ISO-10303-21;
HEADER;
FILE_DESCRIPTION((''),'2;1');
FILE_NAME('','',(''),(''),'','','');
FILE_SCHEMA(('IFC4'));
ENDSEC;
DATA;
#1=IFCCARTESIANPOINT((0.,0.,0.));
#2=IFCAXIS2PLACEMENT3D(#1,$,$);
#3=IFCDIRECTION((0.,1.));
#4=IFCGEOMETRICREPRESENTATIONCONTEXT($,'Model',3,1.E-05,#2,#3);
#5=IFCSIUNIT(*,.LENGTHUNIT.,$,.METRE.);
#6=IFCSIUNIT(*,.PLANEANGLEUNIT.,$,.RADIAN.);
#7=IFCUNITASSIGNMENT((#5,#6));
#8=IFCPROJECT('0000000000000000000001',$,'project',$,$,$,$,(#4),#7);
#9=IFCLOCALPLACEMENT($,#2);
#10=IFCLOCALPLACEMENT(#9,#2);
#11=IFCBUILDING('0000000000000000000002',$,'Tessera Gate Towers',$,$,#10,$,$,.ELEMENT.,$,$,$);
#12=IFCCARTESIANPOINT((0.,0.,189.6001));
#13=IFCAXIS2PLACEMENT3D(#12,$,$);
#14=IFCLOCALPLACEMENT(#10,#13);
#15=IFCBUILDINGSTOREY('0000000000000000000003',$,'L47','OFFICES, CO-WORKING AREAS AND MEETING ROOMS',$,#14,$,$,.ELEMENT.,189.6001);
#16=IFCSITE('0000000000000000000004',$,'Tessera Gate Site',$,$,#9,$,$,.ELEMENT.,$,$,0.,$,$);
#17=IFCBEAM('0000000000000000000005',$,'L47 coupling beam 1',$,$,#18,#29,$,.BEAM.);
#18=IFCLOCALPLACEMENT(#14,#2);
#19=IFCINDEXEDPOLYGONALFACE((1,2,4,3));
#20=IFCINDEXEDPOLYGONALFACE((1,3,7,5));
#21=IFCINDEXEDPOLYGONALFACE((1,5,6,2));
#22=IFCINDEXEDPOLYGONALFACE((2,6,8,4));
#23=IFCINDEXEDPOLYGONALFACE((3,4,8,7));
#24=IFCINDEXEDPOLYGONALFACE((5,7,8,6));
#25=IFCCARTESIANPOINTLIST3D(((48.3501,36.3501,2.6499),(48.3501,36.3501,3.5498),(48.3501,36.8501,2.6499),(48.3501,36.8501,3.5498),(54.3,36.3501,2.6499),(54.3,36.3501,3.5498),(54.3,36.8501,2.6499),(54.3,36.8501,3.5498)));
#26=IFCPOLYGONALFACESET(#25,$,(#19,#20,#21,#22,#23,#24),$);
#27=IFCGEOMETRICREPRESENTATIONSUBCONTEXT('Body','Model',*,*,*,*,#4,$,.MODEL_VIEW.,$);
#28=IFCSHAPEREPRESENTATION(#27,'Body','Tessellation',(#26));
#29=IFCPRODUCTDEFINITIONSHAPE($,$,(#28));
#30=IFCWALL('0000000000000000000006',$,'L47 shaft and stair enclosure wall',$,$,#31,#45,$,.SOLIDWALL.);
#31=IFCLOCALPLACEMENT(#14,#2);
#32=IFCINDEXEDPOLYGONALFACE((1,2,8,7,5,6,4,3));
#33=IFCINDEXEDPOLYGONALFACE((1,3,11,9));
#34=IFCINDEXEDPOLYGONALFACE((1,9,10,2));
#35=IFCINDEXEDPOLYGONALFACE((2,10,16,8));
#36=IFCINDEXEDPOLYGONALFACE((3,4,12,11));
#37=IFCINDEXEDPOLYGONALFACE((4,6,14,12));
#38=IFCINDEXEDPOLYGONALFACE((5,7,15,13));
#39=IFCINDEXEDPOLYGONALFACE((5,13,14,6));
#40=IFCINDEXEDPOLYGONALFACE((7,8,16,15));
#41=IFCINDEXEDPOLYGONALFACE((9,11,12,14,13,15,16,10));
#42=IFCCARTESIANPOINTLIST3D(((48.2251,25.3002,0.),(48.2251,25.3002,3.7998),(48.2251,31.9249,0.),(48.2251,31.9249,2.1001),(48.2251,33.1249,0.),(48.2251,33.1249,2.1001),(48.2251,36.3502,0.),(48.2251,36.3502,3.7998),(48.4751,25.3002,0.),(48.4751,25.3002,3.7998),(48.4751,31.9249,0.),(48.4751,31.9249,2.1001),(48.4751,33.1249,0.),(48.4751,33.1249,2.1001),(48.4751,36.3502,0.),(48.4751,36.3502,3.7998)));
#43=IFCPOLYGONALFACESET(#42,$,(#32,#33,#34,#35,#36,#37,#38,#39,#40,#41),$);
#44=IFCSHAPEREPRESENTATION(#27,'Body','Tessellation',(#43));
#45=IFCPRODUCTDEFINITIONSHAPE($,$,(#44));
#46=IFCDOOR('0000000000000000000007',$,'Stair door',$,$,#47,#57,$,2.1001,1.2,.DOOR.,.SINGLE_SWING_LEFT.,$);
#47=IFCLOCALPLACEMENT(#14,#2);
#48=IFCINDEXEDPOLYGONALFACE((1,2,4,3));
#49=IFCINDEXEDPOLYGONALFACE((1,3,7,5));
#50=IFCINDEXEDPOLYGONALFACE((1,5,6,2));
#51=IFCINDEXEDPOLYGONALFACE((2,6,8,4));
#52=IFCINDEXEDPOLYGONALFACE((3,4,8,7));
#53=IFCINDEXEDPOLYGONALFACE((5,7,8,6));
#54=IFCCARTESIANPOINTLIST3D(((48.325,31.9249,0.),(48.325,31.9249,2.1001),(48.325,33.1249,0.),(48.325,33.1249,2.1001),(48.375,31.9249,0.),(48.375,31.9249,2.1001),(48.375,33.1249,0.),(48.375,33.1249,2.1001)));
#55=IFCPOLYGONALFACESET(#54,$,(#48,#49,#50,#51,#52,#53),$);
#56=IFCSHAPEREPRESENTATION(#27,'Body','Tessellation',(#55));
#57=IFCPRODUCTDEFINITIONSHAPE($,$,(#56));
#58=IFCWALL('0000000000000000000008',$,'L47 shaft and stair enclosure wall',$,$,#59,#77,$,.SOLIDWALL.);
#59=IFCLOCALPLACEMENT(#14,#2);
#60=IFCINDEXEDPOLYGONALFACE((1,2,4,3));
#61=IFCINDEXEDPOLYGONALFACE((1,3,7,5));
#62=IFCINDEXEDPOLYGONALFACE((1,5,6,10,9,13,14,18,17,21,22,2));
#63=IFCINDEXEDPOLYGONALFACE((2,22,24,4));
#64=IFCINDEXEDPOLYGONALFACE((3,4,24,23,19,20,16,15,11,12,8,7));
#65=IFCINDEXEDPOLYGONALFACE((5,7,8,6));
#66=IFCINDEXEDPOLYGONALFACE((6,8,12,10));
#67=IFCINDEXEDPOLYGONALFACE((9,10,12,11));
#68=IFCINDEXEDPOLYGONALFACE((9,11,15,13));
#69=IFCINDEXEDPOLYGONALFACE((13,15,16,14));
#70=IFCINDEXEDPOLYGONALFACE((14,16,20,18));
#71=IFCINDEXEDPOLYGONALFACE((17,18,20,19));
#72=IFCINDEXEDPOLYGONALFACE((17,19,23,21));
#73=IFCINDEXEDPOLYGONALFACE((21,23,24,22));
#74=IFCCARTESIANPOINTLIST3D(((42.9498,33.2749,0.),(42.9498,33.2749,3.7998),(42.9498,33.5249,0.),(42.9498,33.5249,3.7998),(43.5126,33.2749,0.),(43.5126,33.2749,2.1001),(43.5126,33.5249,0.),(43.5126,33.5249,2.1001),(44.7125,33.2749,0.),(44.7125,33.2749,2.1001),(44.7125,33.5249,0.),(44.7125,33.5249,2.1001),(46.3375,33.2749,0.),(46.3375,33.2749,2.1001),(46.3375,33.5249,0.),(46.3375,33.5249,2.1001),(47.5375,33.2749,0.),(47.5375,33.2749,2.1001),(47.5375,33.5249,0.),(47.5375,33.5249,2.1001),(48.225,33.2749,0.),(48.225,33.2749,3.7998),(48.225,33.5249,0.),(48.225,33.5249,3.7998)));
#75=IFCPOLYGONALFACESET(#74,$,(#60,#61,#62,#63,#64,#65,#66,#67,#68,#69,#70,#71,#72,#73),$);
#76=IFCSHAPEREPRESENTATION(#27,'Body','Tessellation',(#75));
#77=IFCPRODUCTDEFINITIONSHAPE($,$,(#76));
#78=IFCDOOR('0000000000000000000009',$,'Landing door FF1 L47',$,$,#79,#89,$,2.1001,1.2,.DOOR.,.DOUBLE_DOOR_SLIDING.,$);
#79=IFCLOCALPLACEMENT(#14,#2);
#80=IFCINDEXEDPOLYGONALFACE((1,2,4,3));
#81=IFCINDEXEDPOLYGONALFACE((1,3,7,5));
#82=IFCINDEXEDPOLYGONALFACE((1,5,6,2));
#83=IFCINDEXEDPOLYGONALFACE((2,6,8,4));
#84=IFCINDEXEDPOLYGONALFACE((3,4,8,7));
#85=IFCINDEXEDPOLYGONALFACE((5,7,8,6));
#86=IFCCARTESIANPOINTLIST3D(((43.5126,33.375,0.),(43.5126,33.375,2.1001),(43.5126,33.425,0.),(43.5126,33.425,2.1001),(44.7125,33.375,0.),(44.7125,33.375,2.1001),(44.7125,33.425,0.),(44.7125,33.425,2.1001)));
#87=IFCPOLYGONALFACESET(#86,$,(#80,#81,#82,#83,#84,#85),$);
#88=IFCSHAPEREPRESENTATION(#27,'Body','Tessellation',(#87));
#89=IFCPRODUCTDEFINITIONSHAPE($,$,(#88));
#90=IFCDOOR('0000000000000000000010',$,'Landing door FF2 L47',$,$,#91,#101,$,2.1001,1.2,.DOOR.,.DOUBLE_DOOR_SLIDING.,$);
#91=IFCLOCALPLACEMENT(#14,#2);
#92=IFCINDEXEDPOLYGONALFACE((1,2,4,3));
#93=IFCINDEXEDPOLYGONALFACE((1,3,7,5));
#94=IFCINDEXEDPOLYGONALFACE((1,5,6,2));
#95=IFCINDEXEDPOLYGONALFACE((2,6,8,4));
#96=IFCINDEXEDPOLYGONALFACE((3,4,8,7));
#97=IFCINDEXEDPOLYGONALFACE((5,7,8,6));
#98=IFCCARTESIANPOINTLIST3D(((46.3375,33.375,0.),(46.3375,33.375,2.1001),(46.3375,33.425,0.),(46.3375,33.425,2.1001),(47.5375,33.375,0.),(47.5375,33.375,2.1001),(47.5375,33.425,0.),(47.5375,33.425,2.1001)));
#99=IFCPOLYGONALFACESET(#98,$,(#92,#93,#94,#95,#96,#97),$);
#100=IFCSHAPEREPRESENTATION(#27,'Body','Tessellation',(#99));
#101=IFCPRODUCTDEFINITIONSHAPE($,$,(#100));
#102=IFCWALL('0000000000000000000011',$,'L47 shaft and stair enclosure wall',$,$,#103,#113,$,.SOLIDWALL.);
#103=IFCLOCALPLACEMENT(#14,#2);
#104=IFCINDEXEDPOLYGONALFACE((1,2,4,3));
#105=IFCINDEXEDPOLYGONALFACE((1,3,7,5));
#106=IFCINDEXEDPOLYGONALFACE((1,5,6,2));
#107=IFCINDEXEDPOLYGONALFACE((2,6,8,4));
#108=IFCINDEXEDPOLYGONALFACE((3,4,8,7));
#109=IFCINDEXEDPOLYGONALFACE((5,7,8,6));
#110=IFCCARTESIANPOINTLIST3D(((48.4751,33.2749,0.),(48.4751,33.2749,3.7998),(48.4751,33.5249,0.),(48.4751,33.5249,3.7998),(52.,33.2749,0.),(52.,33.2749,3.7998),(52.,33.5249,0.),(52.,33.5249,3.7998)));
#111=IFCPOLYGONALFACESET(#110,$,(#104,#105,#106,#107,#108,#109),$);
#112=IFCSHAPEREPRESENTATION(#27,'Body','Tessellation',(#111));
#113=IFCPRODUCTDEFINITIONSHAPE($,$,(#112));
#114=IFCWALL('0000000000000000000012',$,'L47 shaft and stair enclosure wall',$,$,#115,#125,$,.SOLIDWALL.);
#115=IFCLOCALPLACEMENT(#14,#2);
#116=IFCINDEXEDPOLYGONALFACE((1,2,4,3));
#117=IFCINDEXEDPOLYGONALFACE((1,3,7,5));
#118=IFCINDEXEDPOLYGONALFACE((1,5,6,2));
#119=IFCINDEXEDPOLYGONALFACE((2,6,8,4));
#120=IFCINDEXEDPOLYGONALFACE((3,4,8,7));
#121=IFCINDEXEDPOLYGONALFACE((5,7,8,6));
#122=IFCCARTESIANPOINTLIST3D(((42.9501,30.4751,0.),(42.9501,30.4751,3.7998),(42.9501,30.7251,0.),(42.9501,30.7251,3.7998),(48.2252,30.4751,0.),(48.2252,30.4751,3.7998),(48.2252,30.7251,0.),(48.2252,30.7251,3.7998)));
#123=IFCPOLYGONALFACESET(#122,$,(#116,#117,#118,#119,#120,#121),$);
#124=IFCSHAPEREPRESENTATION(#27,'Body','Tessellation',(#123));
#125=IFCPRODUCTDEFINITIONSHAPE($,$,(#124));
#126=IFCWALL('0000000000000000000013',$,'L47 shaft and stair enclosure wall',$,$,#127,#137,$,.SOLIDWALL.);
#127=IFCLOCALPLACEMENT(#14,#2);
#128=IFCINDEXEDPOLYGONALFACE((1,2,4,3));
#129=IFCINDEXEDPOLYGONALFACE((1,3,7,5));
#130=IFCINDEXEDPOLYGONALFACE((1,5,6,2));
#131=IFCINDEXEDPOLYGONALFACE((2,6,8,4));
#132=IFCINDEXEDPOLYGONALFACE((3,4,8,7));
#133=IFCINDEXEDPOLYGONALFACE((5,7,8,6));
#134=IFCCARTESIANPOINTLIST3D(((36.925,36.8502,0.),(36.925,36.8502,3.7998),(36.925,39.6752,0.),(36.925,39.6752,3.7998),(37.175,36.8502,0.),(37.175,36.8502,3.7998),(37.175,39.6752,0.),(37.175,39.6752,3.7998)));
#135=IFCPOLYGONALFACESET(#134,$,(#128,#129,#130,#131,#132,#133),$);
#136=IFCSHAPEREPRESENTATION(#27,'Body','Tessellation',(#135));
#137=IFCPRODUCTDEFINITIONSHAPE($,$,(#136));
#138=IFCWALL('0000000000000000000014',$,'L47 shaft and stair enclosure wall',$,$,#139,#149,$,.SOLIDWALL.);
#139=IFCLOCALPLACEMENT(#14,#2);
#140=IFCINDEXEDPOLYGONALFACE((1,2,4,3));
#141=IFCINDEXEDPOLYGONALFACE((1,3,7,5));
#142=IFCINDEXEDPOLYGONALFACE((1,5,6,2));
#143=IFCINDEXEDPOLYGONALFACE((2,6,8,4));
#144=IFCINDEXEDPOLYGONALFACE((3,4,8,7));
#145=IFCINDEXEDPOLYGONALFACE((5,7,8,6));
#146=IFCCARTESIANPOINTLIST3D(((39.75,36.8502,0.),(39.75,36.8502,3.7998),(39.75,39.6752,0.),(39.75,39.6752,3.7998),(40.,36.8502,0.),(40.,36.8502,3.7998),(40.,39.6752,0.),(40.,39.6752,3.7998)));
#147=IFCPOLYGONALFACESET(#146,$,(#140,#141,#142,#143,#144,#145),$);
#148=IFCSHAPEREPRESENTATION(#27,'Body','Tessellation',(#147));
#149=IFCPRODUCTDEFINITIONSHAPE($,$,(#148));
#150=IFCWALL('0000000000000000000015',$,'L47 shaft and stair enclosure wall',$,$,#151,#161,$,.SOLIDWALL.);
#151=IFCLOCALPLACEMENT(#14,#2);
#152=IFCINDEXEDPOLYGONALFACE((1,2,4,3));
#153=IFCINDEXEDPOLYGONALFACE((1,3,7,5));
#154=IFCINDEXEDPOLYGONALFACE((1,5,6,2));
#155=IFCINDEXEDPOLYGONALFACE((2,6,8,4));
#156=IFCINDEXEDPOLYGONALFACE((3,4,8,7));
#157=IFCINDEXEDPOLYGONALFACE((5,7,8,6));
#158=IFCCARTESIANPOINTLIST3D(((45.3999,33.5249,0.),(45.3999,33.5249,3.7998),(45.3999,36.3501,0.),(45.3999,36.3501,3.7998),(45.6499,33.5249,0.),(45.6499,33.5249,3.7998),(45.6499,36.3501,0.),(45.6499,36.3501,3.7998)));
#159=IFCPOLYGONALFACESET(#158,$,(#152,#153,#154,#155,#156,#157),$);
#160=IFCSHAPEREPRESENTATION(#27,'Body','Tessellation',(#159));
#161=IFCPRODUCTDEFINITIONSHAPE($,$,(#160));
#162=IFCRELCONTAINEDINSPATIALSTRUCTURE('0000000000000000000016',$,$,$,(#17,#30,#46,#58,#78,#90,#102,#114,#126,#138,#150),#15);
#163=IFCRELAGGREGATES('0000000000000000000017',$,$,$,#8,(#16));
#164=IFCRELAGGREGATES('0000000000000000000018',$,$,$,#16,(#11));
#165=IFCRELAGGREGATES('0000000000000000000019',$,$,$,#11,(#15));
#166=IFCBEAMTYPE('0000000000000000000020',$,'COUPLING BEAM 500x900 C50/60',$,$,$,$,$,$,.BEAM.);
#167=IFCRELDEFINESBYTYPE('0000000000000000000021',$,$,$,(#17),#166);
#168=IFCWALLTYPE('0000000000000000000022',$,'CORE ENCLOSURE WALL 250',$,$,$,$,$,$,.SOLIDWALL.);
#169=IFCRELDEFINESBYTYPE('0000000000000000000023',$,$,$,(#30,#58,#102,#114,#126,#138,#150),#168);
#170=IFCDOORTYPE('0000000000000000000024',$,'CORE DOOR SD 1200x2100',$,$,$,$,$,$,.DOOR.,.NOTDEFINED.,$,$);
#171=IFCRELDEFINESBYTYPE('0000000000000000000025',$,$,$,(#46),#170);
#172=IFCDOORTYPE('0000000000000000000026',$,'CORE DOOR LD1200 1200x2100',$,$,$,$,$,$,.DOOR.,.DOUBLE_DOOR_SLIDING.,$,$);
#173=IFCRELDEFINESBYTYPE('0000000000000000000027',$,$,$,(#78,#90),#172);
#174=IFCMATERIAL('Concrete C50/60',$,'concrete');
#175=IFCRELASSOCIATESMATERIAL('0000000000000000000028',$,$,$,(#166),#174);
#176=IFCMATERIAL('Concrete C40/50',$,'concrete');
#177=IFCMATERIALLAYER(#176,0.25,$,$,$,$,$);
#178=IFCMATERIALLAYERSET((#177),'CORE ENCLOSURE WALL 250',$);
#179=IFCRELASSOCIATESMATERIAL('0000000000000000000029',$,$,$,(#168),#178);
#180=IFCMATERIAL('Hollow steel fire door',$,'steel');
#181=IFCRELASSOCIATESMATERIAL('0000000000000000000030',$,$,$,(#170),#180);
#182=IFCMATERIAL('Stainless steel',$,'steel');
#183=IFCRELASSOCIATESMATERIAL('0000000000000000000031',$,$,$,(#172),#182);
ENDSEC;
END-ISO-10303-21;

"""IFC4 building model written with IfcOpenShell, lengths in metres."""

from ifc_helpers import new_model, si_unit, direction, frame, frame_2d, origin, origin_2d, place, context, subcontext, project, spatial, rectangle, extrude, source, transform, mapped, material, layer, layer_set, material_profile, profile_set, type_object, element, fill, save


model = new_model("IFC4")

# Units and contexts
model_context = context("Model", 3, precision=1e-05, world=origin(), true_north=direction((0.0, 1.0)))
body_context = subcontext(model_context, "Body", "Model", "MODEL_VIEW")
ifc_project = project(units=[si_unit("LENGTHUNIT", "METRE"), si_unit("PLANEANGLEUNIT", "RADIAN")], contexts=[model_context])

# Site, building, storey
site_placement = place(None, origin())
site = spatial("IfcSite", under=ifc_project, at=site_placement, Name="Tessera Gate Site", CompositionType="ELEMENT", RefElevation=0.0)
building_placement = place(site_placement, origin())
building = spatial("IfcBuilding", under=site, at=building_placement, Name="Tessera Gate Towers", CompositionType="ELEMENT")
storey_placement = place(building_placement, frame((0.0, 0.0, 189.6001)))
storey = spatial("IfcBuildingStorey", under=building, at=storey_placement, Name="L47", Description="OFFICES, CO-WORKING AREAS AND MEETING ROOMS", CompositionType="ELEMENT", Elevation=189.6001)

# Beam
ifc_material_1 = material(Name="Concrete C50/60", Category="concrete")
ifc_material_profile = material_profile(ifc_material_1, rectangle(XDim=0.5, YDim=0.8999, at=origin_2d()), Name="RC 500x900")
ifc_profile_set = profile_set([ifc_material_profile], Name="Concrete C50/60")
beam_type = type_object("IfcBeamType", Name="COUPLING BEAM 500x900 C50/60", PredefinedType="BEAM", material=ifc_profile_set)
beam_placement = place(storey_placement, frame((48.3501, 36.6001, 3.0999), z_axis=(1.0, 0.0, 0.0), x_axis=(0.0, 1.0, 0.0)))
element("IfcBeam", 1, at=beam_placement, inside=storey, type_object=beam_type, Name="L47 coupling beam 1", PredefinedType="BEAM", context=body_context, shape_type="SweptSolid", body=[
    extrude(rectangle(XDim=0.5, YDim=0.8999, at=origin_2d()), origin(), (0.0, 0.0, 1.0), 5.95),
])

# Wall, opening, door
ifc_material_2 = material(Name="Concrete C40/50", Category="concrete")
ifc_layer_1 = layer(ifc_material_2, 0.25)
ifc_layer_set_1 = layer_set([ifc_layer_1], Name="CORE ENCLOSURE WALL 250")
wall_type_1 = type_object("IfcWallType", Name="CORE ENCLOSURE WALL 250", PredefinedType="SOLIDWALL", material=ifc_layer_set_1)
wall_1_placement = place(storey_placement, frame((48.3501, 36.3501, 0.0), z_axis=(0.0, 0.0, 1.0), x_axis=(0.0, -1.0, 0.0)))
wall_1 = element("IfcWall", 2, at=wall_1_placement, inside=storey, type_object=wall_type_1, Name="L47 shaft and stair enclosure wall", PredefinedType="SOLIDWALL", context=body_context, shape_type="SweptSolid", body=[
    extrude(rectangle(XDim=11.05, YDim=0.25, at=frame_2d((5.5249, 0.0))), origin(), (0.0, 0.0, 1.0), 3.7998),
])
shared_shape_1 = source(origin(), body_context, "Body", "SweptSolid", [
    extrude(rectangle(XDim=1.2, YDim=2.1001, at=frame_2d((0.6001, 1.05))), frame((0.0, 0.135, 0.0), z_axis=(0.0, -1.0, 0.0), x_axis=(1.0, 0.0, 0.0)), (0.0, 0.0, 1.0), 0.27),
])
opening_1_placement = place(wall_1_placement, frame((3.2251, 0.0, 0.0)))
opening_1 = element("IfcOpeningElement", 3, at=opening_1_placement, cuts=wall_1, PredefinedType="OPENING", context=body_context, shape_type="MappedRepresentation", body=[
    mapped(shared_shape_1, transform((0.0, 0.0, 0.0), scale=1.0)),
])
ifc_material_3 = material(Name="Hollow steel fire door", Category="steel")
door_type_1 = type_object("IfcDoorType", Name="CORE DOOR SD 1200x2100", OperationType="NOTDEFINED", PredefinedType="DOOR", material=ifc_material_3)
shared_shape_2 = source(origin(), body_context, "Body", "SweptSolid", [
    extrude(rectangle(XDim=1.2, YDim=2.1001, at=frame_2d((0.6001, 1.05))), frame((0.0, 0.0249, 0.0), z_axis=(0.0, -1.0, 0.0), x_axis=(1.0, 0.0, 0.0)), (0.0, 0.0, 1.0), 0.05),
])
door_1_placement = place(opening_1_placement, origin())
door_1 = element("IfcDoor", 4, at=door_1_placement, inside=storey, type_object=door_type_1, Name="Stair door", OperationType="SINGLE_SWING_LEFT", OverallHeight=2.1001, OverallWidth=1.2, PredefinedType="DOOR", context=body_context, shape_type="MappedRepresentation", body=[
    mapped(shared_shape_2, transform((0.0, 0.0, 0.0), scale=1.0)),
])
fill(opening_1, door_1)

# Wall, openings, doors
wall_2_placement = place(storey_placement, frame((48.2251, 33.3999, 0.0), z_axis=(0.0, 0.0, 1.0), x_axis=(-1.0, 0.0, 0.0)))
wall_2 = element("IfcWall", 5, at=wall_2_placement, inside=storey, type_object=wall_type_1, Name="L47 shaft and stair enclosure wall", PredefinedType="SOLIDWALL", context=body_context, shape_type="SweptSolid", body=[
    extrude(rectangle(XDim=5.2751, YDim=0.25, at=frame_2d((2.6377, 0.0))), origin(), (0.0, 0.0, 1.0), 3.7998),
])
opening_2_placement = place(wall_2_placement, frame((3.5125, 0.0, 0.0)))
opening_2 = element("IfcOpeningElement", 6, at=opening_2_placement, cuts=wall_2, PredefinedType="OPENING", context=body_context, shape_type="MappedRepresentation", body=[
    mapped(shared_shape_1, transform((0.0, 0.0, 0.0), scale=1.0)),
])
opening_3_placement = place(wall_2_placement, frame((0.6875, 0.0, 0.0)))
opening_3 = element("IfcOpeningElement", 7, at=opening_3_placement, cuts=wall_2, PredefinedType="OPENING", context=body_context, shape_type="MappedRepresentation", body=[
    mapped(shared_shape_1, transform((0.0, 0.0, 0.0), scale=1.0)),
])
ifc_material_4 = material(Name="Stainless steel", Category="steel")
door_type_2 = type_object("IfcDoorType", Name="CORE DOOR LD1200 1200x2100", OperationType="DOUBLE_DOOR_SLIDING", PredefinedType="DOOR", material=ifc_material_4)
door_2_placement = place(opening_2_placement, origin())
door_2 = element("IfcDoor", 8, at=door_2_placement, inside=storey, type_object=door_type_2, Name="Landing door FF1 L47", OperationType="DOUBLE_DOOR_SLIDING", OverallHeight=2.1001, OverallWidth=1.2, PredefinedType="DOOR", context=body_context, shape_type="MappedRepresentation", body=[
    mapped(shared_shape_2, transform((0.0, 0.0, 0.0), scale=1.0)),
])
fill(opening_2, door_2)
door_3_placement = place(opening_3_placement, origin())
door_3 = element("IfcDoor", 9, at=door_3_placement, inside=storey, type_object=door_type_2, Name="Landing door FF2 L47", OperationType="DOUBLE_DOOR_SLIDING", OverallHeight=2.1001, OverallWidth=1.2, PredefinedType="DOOR", context=body_context, shape_type="MappedRepresentation", body=[
    mapped(shared_shape_2, transform((0.0, 0.0, 0.0), scale=1.0)),
])
fill(opening_3, door_3)

# Walls
wall_3_placement = place(storey_placement, frame((48.4751, 33.3999, 0.0), z_axis=(0.0, 0.0, 1.0), x_axis=(1.0, 0.0, 0.0)))
element("IfcWall", 10, at=wall_3_placement, inside=storey, type_object=wall_type_1, Name="L47 shaft and stair enclosure wall", PredefinedType="SOLIDWALL", context=body_context, shape_type="SweptSolid", body=[
    extrude(rectangle(XDim=3.5249, YDim=0.25, at=frame_2d((1.7625, 0.0))), origin(), (0.0, 0.0, 1.0), 3.7998),
])
wall_4_placement = place(storey_placement, frame((42.95, 30.6001, 0.0), z_axis=(0.0, 0.0, 1.0), x_axis=(1.0, 0.0, 0.0)))
element("IfcWall", 11, at=wall_4_placement, inside=storey, type_object=wall_type_1, Name="L47 shaft and stair enclosure wall", PredefinedType="SOLIDWALL", context=body_context, shape_type="SweptSolid", body=[
    extrude(rectangle(XDim=5.2751, YDim=0.25, at=frame_2d((2.6377, 0.0))), origin(), (0.0, 0.0, 1.0), 3.7998),
])
for number, where, z_axis, x_axis, name in (
    (12, (37.05, 36.8501, 0.0), (0.0, 0.0, 1.0), (0.0, 1.0, 0.0), "L47 shaft and stair enclosure wall"),
    (13, (39.875, 36.8501, 0.0), (0.0, 0.0, 1.0), (0.0, 1.0, 0.0), "L47 shaft and stair enclosure wall"),
):
    element("IfcWall", number, at=place(storey_placement, frame(where, z_axis=z_axis, x_axis=x_axis)), inside=storey, type_object=wall_type_1, Name=name, PredefinedType="SOLIDWALL", context=body_context, shape_type="SweptSolid", body=[
        extrude(rectangle(XDim=2.825, YDim=0.25, at=frame_2d((1.4126, 0.0))), origin(), (0.0, 0.0, 1.0), 3.7998),
    ])
wall_5_placement = place(storey_placement, frame((45.5249, 33.5249, 0.0), z_axis=(0.0, 0.0, 1.0), x_axis=(0.0, 1.0, 0.0)))
element("IfcWall", 14, at=wall_5_placement, inside=storey, type_object=wall_type_1, Name="L47 shaft and stair enclosure wall", PredefinedType="SOLIDWALL", context=body_context, shape_type="SweptSolid", body=[
    extrude(rectangle(XDim=2.8252, YDim=0.25, at=frame_2d((1.4126, 0.0))), origin(), (0.0, 0.0, 1.0), 3.7998),
])

save(model, "model.ifc")
